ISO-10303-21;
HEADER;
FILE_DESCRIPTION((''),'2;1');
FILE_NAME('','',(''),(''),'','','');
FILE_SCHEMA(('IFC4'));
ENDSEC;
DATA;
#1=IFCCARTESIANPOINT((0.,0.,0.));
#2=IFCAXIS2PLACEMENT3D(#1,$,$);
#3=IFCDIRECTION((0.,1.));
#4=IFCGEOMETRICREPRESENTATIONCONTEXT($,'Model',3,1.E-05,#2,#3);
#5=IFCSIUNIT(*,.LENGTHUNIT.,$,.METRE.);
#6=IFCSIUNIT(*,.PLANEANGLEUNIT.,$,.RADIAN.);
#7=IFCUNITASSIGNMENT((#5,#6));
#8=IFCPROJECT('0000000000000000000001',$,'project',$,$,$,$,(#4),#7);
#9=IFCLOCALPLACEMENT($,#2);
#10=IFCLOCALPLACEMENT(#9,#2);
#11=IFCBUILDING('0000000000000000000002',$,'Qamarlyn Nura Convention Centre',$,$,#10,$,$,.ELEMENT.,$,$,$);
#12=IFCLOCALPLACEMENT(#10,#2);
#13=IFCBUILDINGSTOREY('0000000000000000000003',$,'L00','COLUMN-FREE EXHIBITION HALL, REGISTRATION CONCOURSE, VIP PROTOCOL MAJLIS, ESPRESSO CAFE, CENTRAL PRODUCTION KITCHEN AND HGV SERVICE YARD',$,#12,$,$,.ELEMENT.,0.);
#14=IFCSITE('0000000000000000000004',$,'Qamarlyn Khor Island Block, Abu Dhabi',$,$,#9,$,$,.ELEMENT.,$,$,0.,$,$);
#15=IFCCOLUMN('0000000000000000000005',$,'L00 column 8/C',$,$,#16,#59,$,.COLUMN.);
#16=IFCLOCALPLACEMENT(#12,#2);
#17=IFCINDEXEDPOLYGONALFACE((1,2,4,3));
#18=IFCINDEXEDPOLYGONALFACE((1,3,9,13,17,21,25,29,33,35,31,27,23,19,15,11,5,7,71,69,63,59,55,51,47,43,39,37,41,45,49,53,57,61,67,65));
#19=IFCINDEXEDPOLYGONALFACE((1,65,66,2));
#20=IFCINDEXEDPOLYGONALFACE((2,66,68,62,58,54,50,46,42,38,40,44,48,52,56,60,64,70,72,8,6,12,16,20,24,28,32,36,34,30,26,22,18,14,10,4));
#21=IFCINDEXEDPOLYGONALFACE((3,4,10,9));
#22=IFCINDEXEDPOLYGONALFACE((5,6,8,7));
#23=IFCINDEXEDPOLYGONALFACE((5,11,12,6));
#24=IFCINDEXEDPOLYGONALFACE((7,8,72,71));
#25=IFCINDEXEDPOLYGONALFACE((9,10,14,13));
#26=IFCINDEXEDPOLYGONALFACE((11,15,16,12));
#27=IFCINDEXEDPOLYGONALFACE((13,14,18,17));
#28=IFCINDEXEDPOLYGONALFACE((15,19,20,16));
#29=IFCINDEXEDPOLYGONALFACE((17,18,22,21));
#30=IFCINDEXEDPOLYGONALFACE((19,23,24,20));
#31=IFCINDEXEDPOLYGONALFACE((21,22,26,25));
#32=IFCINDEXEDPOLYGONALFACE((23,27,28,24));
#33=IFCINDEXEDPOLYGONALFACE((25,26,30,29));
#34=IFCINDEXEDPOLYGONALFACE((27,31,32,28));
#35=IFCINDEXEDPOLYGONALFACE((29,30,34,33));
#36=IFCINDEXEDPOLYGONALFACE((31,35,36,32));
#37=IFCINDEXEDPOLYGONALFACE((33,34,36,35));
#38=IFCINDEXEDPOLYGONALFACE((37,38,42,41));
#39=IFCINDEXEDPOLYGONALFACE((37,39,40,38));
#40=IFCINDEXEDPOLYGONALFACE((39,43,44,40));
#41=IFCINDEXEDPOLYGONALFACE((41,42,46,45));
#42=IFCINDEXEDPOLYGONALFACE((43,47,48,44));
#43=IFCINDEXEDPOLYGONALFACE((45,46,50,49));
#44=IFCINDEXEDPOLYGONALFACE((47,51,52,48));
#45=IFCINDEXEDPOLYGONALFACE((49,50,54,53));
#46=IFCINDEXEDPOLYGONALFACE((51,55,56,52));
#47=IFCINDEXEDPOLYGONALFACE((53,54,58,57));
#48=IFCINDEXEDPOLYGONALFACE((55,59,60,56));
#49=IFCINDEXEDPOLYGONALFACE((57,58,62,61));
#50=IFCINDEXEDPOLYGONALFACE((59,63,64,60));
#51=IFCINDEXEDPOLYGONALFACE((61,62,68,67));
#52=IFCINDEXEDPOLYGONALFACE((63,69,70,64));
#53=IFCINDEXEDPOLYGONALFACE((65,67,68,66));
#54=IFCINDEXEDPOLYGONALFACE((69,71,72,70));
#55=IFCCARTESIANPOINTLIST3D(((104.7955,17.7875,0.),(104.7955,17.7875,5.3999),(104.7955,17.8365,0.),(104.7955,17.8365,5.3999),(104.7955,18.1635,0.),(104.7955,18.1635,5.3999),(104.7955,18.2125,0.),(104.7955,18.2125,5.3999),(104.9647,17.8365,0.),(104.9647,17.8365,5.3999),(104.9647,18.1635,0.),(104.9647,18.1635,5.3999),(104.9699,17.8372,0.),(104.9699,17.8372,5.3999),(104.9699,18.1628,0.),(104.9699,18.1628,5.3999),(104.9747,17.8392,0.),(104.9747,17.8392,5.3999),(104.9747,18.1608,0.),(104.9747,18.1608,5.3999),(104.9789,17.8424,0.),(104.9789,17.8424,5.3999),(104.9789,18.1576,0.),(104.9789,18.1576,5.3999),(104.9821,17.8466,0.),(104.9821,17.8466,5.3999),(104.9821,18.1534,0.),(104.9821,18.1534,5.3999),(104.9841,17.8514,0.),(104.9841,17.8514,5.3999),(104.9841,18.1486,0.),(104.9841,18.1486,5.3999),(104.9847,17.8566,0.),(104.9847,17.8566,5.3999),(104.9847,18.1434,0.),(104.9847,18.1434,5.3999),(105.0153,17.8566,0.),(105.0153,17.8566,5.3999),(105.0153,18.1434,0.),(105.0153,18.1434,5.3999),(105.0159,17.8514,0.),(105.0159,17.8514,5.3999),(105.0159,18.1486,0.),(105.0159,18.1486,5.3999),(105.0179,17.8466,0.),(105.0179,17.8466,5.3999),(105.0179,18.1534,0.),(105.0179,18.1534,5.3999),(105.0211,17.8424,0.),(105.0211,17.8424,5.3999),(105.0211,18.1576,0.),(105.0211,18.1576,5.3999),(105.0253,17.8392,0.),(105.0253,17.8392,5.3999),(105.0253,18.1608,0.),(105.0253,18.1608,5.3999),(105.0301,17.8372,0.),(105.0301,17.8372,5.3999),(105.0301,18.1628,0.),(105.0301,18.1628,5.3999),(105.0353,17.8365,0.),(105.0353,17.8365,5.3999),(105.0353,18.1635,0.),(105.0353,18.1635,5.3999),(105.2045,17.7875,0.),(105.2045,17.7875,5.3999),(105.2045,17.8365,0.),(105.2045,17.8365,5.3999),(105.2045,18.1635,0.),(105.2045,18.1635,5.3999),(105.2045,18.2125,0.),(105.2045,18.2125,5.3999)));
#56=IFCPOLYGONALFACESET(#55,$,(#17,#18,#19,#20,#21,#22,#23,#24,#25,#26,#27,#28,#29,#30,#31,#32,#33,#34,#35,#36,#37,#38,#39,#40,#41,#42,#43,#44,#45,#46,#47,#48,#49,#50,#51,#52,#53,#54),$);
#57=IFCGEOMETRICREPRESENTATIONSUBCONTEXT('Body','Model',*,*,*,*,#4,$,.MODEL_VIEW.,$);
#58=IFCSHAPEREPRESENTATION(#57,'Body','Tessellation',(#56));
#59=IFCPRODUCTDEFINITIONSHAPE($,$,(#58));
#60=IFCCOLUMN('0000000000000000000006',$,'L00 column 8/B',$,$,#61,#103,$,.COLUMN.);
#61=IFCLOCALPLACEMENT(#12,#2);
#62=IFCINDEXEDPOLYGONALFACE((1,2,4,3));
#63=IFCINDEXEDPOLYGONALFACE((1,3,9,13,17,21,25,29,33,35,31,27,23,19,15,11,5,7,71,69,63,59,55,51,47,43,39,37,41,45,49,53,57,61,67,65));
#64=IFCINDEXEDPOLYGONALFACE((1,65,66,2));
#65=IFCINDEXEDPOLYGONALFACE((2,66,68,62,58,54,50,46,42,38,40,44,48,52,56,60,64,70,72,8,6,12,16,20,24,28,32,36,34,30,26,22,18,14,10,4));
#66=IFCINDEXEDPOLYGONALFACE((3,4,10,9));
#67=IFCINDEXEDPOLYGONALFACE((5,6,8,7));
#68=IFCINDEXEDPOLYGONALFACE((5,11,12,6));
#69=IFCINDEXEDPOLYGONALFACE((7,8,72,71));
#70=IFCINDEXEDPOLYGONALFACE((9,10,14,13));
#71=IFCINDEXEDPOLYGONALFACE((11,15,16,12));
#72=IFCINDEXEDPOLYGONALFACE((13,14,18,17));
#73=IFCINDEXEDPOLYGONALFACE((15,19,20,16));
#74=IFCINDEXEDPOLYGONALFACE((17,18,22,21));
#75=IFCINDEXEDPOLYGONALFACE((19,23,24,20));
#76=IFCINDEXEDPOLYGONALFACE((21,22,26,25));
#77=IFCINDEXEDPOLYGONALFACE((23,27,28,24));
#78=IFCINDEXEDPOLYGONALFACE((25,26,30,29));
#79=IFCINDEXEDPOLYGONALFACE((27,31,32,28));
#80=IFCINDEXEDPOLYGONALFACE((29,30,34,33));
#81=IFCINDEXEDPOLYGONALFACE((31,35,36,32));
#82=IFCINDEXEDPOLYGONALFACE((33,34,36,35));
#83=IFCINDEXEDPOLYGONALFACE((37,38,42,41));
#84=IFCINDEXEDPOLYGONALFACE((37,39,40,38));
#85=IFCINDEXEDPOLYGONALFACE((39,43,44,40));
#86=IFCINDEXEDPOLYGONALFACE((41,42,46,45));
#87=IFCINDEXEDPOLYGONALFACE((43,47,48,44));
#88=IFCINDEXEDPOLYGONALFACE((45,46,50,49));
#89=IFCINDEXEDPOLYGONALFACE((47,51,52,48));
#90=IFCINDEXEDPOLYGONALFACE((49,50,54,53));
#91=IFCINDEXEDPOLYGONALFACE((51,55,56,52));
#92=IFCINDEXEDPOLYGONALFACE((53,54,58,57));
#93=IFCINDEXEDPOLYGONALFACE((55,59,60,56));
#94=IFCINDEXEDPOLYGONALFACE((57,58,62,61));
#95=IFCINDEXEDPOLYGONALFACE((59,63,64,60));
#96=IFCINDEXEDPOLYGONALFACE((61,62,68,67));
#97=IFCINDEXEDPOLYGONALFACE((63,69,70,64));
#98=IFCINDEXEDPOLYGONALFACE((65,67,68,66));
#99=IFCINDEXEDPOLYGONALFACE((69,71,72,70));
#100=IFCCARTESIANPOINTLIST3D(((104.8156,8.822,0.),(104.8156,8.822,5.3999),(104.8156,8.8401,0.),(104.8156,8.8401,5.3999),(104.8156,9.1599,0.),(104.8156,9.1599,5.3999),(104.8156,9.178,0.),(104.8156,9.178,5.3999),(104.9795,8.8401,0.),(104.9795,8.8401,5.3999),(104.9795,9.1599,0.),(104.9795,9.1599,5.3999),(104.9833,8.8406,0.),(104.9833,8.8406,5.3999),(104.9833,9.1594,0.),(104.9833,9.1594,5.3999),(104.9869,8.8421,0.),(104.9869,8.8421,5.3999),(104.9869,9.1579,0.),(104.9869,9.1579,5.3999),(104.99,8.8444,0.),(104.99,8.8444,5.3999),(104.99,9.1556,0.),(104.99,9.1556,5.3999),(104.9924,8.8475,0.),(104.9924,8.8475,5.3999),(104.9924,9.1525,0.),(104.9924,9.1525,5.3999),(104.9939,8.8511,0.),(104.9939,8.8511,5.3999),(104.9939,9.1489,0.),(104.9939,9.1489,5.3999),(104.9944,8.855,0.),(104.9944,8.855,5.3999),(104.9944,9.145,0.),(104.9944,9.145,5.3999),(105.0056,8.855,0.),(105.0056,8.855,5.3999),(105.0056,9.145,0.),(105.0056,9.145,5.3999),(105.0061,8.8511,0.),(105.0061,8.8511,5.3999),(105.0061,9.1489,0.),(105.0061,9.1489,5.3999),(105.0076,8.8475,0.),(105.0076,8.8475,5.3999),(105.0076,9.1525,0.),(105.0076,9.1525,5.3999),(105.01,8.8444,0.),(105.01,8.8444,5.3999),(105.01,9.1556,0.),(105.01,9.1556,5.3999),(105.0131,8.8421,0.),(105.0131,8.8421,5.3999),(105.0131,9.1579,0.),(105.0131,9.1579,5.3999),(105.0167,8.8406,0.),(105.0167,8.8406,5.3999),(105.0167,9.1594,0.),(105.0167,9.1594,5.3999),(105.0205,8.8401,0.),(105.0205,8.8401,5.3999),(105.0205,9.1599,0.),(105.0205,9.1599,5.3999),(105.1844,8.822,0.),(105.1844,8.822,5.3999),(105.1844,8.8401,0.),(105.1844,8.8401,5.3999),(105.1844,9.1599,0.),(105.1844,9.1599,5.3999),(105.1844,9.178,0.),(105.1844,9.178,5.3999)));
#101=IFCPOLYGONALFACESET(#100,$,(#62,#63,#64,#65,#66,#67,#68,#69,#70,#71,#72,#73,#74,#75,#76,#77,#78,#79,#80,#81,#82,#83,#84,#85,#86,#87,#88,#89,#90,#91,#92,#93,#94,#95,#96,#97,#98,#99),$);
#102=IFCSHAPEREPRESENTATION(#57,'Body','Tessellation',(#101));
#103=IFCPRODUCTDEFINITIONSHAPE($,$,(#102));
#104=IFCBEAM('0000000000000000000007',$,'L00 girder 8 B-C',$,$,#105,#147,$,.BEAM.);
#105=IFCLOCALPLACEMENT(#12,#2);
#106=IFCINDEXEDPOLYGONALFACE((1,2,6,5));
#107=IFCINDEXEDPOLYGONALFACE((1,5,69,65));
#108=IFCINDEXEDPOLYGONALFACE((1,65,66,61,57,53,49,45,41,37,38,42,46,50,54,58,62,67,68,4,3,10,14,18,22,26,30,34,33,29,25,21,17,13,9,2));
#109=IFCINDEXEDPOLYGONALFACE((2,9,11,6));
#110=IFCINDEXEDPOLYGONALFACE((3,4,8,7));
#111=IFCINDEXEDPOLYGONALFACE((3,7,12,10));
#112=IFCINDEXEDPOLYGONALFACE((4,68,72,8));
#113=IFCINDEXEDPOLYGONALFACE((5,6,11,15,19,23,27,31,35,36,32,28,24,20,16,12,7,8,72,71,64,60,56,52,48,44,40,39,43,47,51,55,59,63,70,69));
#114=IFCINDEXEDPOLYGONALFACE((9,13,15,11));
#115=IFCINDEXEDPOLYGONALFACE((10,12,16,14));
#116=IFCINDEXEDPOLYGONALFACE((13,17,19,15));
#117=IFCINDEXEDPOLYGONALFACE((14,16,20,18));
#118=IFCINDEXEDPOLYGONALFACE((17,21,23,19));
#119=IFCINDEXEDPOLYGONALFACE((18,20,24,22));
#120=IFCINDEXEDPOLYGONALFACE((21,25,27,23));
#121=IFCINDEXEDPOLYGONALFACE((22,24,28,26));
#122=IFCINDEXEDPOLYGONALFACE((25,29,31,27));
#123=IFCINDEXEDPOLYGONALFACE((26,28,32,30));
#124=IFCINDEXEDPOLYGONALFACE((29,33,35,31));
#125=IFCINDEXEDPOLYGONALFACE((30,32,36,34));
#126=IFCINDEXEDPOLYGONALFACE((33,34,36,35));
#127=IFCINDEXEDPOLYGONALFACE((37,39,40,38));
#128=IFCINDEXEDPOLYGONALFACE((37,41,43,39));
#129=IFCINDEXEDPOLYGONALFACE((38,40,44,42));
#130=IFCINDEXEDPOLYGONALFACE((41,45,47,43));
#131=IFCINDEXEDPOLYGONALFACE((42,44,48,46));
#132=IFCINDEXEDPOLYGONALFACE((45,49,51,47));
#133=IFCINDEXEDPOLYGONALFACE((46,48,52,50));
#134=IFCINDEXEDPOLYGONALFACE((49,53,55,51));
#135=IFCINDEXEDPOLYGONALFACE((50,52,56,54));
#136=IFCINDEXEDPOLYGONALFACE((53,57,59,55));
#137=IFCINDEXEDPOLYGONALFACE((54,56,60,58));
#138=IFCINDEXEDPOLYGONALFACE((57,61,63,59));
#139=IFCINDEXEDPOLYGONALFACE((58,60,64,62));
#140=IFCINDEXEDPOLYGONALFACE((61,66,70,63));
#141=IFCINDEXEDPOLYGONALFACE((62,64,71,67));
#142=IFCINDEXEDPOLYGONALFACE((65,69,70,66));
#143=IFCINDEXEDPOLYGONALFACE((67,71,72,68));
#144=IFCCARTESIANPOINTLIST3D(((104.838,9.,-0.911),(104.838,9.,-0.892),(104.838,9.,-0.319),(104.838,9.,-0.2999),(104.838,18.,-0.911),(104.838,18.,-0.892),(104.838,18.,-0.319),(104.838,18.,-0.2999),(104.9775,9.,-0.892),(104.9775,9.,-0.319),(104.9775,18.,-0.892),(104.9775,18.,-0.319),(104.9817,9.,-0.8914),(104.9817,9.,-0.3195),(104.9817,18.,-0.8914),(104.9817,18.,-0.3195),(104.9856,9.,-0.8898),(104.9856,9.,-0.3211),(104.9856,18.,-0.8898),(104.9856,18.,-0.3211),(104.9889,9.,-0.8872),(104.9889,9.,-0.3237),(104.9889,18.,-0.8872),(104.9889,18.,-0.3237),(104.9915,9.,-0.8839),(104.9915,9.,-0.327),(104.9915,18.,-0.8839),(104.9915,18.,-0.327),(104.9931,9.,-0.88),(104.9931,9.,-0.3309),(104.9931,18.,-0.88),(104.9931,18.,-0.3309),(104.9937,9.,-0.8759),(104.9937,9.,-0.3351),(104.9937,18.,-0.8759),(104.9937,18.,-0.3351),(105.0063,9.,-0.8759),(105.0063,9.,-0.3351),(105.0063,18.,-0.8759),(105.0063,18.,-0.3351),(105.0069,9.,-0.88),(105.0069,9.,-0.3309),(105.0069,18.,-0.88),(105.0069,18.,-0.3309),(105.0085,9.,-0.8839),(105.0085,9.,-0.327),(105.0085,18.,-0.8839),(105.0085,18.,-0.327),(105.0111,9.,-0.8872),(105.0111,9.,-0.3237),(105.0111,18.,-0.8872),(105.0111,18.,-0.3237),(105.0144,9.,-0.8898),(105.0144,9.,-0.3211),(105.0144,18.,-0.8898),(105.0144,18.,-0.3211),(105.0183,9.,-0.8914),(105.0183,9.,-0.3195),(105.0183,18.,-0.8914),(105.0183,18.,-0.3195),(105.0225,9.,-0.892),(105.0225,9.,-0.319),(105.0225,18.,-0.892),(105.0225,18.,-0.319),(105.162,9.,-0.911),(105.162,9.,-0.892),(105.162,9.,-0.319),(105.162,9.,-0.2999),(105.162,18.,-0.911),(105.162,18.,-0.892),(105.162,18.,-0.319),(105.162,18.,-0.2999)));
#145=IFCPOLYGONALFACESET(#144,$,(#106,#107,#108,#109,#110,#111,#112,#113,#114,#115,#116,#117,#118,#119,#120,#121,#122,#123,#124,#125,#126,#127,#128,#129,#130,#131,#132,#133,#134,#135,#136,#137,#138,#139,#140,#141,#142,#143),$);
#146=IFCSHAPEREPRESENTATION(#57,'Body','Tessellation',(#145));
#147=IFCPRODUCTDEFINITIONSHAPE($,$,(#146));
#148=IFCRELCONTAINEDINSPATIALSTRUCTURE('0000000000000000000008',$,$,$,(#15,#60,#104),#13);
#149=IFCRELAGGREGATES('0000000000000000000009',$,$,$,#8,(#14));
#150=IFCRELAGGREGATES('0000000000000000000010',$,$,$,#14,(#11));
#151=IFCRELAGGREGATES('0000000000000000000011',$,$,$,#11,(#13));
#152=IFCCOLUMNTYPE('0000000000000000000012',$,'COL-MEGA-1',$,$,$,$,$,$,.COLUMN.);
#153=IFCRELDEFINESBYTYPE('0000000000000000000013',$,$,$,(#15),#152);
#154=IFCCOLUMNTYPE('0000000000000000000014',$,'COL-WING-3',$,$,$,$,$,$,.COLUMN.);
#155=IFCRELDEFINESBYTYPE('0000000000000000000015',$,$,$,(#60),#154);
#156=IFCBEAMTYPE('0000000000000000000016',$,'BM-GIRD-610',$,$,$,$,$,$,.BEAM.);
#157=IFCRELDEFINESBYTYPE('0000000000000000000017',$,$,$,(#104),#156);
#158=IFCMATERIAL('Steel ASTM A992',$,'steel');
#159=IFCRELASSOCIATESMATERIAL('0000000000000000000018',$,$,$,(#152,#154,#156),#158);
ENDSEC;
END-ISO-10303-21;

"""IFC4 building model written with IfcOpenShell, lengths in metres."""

from ifc_helpers import new_model, si_unit, direction, frame, origin, origin_2d, place, context, subcontext, project, spatial, i_section, extrude, material, material_profile, profile_set, type_object, element, save


model = new_model("IFC4")

# Units and contexts
model_context = context("Model", 3, precision=1e-05, world=origin(), true_north=direction((0.0, 1.0)))
body_context = subcontext(model_context, "Body", "Model", "MODEL_VIEW")
ifc_project = project(units=[si_unit("LENGTHUNIT", "METRE"), si_unit("PLANEANGLEUNIT", "RADIAN")], contexts=[model_context])

# Site, building, storey
site_placement = place(None, origin())
site = spatial("IfcSite", under=ifc_project, at=site_placement, Name="Qamarlyn Khor Island Block, Abu Dhabi", CompositionType="ELEMENT", RefElevation=0.0)
building_placement = place(site_placement, origin())
building = spatial("IfcBuilding", under=site, at=building_placement, Name="Qamarlyn Nura Convention Centre", CompositionType="ELEMENT")
storey_placement = place(building_placement, origin())
storey = spatial("IfcBuildingStorey", under=building, at=storey_placement, Name="L00", Description="COLUMN-FREE EXHIBITION HALL, REGISTRATION CONCOURSE, VIP PROTOCOL MAJLIS, ESPRESSO CAFE, CENTRAL PRODUCTION KITCHEN AND HGV SERVICE YARD", CompositionType="ELEMENT", Elevation=0.0)

# Columns
ifc_material_1 = material(Name="Steel ASTM A992", Category="steel")
ifc_material_profile_1 = material_profile(ifc_material_1, i_section(OverallWidth=0.4089, OverallDepth=0.425, WebThickness=0.0305, FlangeThickness=0.0491, FilletRadius=0.02, at=origin_2d()), Name="W360X421")
ifc_profile_set_1 = profile_set([ifc_material_profile_1], Name="Steel ASTM A992")
column_type_1 = type_object("IfcColumnType", Name="COL-MEGA-1", PredefinedType="COLUMN", material=ifc_profile_set_1)
column_1_placement = place(storey_placement, frame((105.0, 18.0, 0.0), z_axis=(0.0, 0.0, 1.0), x_axis=(1.0, 0.0, 0.0)))
element("IfcColumn", 1, at=column_1_placement, inside=storey, type_object=column_type_1, Name="L00 column 8/C", PredefinedType="COLUMN", context=body_context, shape_type="SweptSolid", body=[
    extrude(i_section(OverallWidth=0.4089, OverallDepth=0.425, WebThickness=0.0305, FlangeThickness=0.0491, FilletRadius=0.02, at=origin_2d()), origin(), (0.0, 0.0, 1.0), 5.3999),
])
ifc_material_profile_2 = material_profile(ifc_material_1, i_section(OverallWidth=0.3689, OverallDepth=0.356, WebThickness=0.0112, FlangeThickness=0.0181, FilletRadius=0.0149, at=origin_2d()), Name="W360X134")
ifc_profile_set_2 = profile_set([ifc_material_profile_2], Name="Steel ASTM A992")
column_type_2 = type_object("IfcColumnType", Name="COL-WING-3", PredefinedType="COLUMN", material=ifc_profile_set_2)
column_2_placement = place(storey_placement, frame((105.0, 9.0, 0.0), z_axis=(0.0, 0.0, 1.0), x_axis=(1.0, 0.0, 0.0)))
element("IfcColumn", 2, at=column_2_placement, inside=storey, type_object=column_type_2, Name="L00 column 8/B", PredefinedType="COLUMN", context=body_context, shape_type="SweptSolid", body=[
    extrude(i_section(OverallWidth=0.3689, OverallDepth=0.356, WebThickness=0.0112, FlangeThickness=0.0181, FilletRadius=0.0149, at=origin_2d()), origin(), (0.0, 0.0, 1.0), 5.3999),
])

# Beam
ifc_material_profile_3 = material_profile(ifc_material_1, i_section(OverallWidth=0.324, OverallDepth=0.6111, WebThickness=0.0127, FlangeThickness=0.019, FilletRadius=0.0161, at=origin_2d()), Name="W610X155")
ifc_profile_set_3 = profile_set([ifc_material_profile_3], Name="Steel ASTM A992")
beam_type_1 = type_object("IfcBeamType", Name="BM-GIRD-610", PredefinedType="BEAM", material=ifc_profile_set_3)
beam_1_placement = place(storey_placement, frame((105.0, 9.0, -0.6055), z_axis=(0.0, 1.0, 0.0), x_axis=(-1.0, 0.0, 0.0)))
element("IfcBeam", 3, at=beam_1_placement, inside=storey, type_object=beam_type_1, Name="L00 girder 8 B-C", PredefinedType="BEAM", context=body_context, shape_type="SweptSolid", body=[
    extrude(i_section(OverallWidth=0.324, OverallDepth=0.6111, WebThickness=0.0127, FlangeThickness=0.019, FilletRadius=0.0161, at=origin_2d()), origin(), (0.0, 0.0, 1.0), 9.0),
])

save(model, "model.ifc")
